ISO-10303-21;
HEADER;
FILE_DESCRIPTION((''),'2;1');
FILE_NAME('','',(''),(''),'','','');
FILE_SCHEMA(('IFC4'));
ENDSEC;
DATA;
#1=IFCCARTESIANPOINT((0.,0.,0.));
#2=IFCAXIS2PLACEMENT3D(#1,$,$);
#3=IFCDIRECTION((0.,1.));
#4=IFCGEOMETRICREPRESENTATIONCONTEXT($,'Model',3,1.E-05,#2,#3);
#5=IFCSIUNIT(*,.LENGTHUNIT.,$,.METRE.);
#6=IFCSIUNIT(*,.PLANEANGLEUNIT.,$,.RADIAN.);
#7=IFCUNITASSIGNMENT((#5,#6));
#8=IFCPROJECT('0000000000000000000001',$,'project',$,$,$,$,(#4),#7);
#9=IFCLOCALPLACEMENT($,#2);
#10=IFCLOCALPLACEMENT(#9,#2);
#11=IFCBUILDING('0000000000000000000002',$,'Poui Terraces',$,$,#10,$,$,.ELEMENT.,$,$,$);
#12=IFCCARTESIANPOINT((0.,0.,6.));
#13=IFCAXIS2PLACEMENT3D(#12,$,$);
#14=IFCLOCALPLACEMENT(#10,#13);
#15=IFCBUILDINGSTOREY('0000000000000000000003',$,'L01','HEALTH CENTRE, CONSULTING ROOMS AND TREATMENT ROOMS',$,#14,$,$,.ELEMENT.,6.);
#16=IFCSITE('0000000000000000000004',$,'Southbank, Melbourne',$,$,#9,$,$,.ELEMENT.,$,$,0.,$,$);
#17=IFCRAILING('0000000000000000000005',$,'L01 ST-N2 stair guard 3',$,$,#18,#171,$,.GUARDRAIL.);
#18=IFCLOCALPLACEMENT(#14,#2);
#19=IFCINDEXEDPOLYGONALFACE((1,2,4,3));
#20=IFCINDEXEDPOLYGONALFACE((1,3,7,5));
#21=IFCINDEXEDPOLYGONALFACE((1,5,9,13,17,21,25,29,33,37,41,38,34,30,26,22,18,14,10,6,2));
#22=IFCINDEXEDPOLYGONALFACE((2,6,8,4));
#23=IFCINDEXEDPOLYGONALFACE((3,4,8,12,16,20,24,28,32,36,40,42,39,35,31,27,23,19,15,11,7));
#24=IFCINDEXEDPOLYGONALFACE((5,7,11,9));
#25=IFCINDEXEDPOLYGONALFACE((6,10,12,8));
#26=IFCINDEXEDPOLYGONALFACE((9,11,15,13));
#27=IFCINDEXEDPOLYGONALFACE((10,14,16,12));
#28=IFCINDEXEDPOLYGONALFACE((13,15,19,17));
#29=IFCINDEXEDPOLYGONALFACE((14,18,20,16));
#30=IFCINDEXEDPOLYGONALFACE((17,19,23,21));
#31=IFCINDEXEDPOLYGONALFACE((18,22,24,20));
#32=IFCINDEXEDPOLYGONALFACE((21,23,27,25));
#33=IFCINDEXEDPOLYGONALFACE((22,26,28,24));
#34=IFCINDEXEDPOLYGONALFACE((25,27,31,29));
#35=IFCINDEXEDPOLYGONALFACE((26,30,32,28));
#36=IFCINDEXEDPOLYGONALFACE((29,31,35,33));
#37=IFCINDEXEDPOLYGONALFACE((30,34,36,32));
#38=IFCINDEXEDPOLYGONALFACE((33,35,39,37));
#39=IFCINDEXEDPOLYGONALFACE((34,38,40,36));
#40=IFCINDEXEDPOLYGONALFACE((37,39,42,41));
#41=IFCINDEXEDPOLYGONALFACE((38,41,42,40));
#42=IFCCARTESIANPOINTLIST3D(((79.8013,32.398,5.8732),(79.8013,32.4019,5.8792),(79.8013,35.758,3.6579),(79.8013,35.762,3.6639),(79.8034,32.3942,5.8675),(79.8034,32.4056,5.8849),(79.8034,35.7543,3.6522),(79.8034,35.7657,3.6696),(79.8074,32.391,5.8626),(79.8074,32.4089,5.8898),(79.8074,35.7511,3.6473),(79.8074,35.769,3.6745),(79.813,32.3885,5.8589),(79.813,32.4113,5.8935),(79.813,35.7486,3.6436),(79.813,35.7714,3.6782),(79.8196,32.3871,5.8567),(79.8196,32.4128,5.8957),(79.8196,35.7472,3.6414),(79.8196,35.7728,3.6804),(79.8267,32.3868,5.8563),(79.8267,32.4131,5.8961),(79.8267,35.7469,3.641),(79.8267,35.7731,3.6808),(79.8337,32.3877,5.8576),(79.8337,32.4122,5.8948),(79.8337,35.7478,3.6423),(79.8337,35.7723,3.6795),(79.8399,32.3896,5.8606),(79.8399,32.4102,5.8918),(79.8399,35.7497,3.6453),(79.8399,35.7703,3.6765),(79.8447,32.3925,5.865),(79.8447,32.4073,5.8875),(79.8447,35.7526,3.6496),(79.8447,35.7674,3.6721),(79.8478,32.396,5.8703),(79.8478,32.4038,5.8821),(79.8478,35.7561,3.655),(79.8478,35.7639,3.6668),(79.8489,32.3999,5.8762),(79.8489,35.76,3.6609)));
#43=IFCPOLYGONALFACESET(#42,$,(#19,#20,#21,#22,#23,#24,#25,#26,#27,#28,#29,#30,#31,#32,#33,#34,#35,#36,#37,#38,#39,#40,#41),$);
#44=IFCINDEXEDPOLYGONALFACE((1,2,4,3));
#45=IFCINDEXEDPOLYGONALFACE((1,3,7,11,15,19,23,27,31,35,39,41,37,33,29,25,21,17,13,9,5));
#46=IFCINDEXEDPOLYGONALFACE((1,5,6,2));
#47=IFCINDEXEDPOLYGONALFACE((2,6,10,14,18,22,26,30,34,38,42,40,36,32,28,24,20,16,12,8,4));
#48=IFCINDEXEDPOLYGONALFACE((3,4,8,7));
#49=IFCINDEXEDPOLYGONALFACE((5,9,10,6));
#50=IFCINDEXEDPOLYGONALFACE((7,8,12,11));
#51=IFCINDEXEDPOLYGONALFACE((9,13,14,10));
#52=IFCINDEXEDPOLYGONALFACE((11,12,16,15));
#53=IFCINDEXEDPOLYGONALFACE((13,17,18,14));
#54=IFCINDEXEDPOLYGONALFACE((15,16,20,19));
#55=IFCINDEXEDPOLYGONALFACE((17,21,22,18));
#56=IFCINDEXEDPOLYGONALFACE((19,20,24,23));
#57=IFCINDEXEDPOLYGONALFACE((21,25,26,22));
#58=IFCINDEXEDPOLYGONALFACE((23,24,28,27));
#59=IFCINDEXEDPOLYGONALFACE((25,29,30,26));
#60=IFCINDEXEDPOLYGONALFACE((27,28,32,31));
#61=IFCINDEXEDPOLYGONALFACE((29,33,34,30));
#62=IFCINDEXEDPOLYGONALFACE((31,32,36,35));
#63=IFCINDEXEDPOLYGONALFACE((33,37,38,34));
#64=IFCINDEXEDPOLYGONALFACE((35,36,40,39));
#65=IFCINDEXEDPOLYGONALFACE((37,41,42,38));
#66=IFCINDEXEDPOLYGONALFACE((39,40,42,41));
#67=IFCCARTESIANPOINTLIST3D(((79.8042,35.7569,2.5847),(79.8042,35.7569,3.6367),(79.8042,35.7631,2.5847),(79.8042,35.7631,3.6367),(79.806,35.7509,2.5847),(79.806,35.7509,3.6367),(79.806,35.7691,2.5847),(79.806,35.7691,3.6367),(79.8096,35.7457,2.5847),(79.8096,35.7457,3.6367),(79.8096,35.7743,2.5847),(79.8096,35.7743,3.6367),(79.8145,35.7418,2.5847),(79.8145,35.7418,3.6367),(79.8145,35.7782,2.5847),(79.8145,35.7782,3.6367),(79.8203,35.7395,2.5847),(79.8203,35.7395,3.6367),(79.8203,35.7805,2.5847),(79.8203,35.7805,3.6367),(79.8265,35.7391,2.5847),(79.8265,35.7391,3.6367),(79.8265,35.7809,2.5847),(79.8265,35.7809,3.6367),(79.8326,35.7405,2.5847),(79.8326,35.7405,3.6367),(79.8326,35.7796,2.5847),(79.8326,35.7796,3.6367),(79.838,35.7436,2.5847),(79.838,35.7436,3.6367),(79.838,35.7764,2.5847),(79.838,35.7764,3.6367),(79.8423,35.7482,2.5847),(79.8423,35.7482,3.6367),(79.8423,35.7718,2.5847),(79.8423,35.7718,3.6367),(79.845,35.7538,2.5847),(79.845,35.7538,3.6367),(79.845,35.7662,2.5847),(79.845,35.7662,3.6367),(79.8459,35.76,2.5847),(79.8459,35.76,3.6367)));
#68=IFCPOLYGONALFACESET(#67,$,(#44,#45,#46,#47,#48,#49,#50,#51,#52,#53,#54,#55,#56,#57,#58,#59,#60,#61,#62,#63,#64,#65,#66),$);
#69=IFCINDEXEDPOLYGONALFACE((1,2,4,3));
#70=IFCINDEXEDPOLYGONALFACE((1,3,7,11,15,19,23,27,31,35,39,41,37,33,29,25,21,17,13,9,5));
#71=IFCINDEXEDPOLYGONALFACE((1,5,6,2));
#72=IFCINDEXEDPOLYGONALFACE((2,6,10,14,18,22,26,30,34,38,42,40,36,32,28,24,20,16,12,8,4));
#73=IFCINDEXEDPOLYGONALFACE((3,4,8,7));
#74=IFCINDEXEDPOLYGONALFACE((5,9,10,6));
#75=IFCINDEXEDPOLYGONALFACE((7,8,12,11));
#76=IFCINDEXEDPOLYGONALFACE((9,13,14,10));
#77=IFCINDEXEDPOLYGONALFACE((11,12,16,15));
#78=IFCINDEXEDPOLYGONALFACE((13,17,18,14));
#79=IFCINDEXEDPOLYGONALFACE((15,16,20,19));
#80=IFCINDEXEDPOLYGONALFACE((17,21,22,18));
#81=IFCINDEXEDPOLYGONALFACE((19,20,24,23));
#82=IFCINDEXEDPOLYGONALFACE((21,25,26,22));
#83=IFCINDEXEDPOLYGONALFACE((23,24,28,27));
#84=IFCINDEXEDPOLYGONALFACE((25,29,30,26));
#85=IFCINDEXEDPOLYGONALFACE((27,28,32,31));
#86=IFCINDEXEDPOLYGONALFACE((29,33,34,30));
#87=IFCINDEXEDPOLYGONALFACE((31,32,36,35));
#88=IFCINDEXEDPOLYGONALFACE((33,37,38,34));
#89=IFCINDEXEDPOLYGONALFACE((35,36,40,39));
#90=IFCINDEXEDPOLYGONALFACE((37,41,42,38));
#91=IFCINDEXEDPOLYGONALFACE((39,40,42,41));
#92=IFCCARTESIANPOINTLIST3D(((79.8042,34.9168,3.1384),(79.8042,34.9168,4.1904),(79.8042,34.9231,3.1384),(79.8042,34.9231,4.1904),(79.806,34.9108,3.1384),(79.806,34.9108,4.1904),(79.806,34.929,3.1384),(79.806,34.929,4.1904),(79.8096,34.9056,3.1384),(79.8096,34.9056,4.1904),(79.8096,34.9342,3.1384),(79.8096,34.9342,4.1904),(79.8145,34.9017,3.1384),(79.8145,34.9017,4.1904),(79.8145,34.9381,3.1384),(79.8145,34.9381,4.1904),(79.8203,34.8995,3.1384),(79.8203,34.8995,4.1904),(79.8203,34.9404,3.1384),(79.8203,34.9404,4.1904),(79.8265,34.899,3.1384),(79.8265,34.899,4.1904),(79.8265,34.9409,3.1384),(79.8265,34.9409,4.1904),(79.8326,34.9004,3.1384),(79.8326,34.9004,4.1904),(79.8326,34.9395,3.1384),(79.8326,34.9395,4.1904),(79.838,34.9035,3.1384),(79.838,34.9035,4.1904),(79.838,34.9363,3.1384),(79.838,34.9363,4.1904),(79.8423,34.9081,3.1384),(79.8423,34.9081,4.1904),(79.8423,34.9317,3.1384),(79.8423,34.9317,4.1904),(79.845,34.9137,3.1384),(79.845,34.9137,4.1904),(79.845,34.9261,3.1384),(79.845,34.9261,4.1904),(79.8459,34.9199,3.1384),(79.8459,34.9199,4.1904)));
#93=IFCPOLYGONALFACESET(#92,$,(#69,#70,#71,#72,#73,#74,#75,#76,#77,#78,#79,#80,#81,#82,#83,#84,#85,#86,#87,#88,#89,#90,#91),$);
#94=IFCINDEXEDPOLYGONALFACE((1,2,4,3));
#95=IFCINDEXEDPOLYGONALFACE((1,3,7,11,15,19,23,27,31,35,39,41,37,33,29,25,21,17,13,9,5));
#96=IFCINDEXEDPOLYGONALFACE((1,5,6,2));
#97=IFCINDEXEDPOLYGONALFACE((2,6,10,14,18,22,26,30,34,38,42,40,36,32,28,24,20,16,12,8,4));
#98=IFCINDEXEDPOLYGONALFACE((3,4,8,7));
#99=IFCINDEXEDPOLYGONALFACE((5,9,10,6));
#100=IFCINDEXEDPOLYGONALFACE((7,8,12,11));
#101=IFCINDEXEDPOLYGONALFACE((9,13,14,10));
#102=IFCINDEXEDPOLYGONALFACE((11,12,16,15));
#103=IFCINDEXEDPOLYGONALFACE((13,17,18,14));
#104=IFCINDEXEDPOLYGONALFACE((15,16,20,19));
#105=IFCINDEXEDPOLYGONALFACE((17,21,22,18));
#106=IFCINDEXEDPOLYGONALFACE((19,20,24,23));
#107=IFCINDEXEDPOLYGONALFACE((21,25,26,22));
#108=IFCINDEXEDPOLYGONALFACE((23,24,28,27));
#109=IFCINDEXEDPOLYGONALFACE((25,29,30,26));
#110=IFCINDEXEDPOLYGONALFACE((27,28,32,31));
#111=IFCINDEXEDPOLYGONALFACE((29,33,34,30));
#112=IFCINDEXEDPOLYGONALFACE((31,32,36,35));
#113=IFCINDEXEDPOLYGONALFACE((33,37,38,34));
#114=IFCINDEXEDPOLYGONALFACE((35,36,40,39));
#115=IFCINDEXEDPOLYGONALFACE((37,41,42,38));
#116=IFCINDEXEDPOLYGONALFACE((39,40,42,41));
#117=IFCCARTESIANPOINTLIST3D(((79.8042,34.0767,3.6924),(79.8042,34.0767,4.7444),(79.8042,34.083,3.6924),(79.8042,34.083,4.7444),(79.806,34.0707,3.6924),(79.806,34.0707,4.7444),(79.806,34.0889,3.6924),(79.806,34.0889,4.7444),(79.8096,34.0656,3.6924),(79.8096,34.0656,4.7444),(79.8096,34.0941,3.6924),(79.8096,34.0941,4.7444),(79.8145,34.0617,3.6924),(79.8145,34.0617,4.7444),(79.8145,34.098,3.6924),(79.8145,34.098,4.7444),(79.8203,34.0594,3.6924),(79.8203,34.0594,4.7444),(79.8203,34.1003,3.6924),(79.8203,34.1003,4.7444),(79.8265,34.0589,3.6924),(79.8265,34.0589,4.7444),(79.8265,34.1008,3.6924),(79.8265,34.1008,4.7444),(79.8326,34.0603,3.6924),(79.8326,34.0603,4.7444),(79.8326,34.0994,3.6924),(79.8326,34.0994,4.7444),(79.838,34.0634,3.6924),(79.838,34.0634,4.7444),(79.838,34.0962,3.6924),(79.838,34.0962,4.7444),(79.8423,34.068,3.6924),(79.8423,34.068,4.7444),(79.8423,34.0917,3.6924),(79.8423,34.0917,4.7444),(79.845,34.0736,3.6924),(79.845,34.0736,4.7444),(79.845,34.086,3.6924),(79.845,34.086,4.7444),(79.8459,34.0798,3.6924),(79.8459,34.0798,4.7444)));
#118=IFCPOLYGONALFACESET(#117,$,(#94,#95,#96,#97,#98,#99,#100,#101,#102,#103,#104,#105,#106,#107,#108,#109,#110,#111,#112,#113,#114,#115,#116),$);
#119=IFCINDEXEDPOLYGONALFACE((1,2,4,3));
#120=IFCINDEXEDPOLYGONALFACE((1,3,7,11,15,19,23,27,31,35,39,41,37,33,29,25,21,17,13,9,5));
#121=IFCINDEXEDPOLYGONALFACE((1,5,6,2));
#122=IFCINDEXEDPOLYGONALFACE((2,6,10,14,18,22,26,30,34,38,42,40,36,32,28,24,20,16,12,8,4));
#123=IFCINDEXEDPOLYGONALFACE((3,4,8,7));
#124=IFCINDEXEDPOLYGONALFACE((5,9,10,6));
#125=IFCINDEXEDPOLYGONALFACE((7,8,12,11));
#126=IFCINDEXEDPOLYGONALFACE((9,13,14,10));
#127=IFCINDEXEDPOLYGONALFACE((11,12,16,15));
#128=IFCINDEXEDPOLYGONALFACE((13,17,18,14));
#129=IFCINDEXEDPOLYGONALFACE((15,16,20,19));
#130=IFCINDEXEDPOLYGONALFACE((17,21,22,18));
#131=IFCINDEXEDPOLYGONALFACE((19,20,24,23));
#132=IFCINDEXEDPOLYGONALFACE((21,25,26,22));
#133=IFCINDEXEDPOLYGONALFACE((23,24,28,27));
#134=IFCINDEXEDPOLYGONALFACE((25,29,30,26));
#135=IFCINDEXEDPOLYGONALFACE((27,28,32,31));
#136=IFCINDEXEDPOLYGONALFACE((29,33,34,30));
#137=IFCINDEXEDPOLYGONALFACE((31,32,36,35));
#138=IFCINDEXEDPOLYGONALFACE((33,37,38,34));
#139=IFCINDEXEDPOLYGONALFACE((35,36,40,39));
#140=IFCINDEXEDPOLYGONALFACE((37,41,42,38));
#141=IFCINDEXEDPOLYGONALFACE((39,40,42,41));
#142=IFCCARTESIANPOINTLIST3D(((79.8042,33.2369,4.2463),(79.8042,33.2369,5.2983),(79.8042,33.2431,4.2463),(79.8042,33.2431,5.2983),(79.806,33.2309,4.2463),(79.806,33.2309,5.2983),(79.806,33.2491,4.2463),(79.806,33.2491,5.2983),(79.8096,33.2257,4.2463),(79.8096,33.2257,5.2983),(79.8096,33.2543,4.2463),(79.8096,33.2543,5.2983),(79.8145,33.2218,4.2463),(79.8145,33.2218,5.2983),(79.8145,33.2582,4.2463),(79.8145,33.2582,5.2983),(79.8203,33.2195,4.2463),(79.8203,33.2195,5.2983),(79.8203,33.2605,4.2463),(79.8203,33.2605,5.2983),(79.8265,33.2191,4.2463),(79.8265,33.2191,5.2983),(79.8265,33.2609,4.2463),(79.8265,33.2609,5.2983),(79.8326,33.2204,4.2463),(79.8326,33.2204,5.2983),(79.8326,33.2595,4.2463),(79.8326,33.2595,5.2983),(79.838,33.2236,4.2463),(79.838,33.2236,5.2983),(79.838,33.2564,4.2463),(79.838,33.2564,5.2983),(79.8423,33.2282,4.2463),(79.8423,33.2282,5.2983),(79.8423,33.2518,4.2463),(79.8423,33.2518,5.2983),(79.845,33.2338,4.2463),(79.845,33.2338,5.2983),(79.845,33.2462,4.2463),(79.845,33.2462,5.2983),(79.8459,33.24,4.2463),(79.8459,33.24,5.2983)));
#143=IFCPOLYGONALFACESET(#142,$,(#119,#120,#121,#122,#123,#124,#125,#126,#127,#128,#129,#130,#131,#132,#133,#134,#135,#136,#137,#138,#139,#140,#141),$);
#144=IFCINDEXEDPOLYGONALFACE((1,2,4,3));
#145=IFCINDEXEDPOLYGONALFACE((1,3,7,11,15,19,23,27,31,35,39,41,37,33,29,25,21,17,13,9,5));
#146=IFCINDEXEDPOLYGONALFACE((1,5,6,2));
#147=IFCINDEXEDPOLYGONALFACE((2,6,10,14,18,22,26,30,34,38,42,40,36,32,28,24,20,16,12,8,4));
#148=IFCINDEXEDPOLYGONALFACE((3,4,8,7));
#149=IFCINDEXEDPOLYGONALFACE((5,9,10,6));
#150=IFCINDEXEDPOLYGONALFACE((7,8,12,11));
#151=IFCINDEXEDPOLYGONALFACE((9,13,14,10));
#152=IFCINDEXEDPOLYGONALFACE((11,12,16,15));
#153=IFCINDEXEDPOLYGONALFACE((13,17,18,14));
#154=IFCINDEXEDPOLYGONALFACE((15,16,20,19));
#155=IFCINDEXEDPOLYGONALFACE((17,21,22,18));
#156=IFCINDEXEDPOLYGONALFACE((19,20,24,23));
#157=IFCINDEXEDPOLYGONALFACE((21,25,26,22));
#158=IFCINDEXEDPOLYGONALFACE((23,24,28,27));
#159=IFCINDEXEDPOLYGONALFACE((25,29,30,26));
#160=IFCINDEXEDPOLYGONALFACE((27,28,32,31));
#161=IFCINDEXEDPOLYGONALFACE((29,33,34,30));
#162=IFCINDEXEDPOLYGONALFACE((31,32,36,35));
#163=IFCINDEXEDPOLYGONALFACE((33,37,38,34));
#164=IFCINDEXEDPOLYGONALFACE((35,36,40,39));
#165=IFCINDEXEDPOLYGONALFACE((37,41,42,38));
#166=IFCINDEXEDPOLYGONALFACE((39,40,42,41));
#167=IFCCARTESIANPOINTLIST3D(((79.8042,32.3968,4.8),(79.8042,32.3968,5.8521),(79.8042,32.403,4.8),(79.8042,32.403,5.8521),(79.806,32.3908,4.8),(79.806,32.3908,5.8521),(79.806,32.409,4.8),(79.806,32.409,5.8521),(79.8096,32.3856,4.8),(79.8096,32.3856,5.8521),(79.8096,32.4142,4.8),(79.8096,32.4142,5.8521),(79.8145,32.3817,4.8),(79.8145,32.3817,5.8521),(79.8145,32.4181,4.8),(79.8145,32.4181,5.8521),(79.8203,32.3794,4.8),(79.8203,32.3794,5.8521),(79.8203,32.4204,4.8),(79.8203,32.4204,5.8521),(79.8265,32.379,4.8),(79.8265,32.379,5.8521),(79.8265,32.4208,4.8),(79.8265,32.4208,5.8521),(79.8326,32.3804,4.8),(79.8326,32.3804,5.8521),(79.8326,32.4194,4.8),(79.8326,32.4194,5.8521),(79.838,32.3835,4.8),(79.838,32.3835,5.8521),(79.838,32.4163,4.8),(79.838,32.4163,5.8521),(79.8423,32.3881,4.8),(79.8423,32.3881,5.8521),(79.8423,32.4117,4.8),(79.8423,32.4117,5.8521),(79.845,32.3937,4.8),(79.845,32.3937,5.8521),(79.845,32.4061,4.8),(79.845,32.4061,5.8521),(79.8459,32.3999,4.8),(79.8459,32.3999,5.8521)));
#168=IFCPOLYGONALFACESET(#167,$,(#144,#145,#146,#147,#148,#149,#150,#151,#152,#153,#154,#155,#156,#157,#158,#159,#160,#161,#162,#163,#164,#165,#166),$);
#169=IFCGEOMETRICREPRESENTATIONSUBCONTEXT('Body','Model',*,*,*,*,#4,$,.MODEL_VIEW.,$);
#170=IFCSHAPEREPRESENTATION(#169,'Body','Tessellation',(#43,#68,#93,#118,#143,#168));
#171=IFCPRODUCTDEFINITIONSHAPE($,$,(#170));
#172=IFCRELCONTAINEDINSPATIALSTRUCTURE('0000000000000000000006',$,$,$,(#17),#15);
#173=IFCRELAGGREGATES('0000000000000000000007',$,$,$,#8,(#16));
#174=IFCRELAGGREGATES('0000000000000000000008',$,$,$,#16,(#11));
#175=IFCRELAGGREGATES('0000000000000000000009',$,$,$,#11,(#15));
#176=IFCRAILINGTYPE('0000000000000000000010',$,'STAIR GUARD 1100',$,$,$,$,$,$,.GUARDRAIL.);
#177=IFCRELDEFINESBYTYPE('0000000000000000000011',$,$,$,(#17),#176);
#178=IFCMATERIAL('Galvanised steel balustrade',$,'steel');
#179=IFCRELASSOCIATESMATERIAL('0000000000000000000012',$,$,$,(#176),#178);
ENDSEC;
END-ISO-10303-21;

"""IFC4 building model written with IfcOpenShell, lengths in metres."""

from ifc_helpers import new_model, si_unit, direction, frame, origin, origin_2d, place, context, subcontext, project, spatial, circle, extrude, material, type_object, element, save


model = new_model("IFC4")

# Units and contexts
model_context = context("Model", 3, precision=1e-05, world=origin(), true_north=direction((0.0, 1.0)))
body_context = subcontext(model_context, "Body", "Model", "MODEL_VIEW")
ifc_project = project(units=[si_unit("LENGTHUNIT", "METRE"), si_unit("PLANEANGLEUNIT", "RADIAN")], contexts=[model_context])

# Site, building, storey
site_placement = place(None, origin())
site = spatial("IfcSite", under=ifc_project, at=site_placement, Name="Southbank, Melbourne", CompositionType="ELEMENT", RefElevation=0.0)
building_placement = place(site_placement, origin())
building = spatial("IfcBuilding", under=site, at=building_placement, Name="Poui Terraces", CompositionType="ELEMENT")
storey_placement = place(building_placement, frame((0.0, 0.0, 6.0)))
storey = spatial("IfcBuildingStorey", under=building, at=storey_placement, Name="L01", Description="HEALTH CENTRE, CONSULTING ROOMS AND TREATMENT ROOMS", CompositionType="ELEMENT", Elevation=6.0)

# Railing
ifc_material_1 = material(Name="Galvanised steel balustrade", Category="steel")
railing_type_1 = type_object("IfcRailingType", Name="STAIR GUARD 1100", PredefinedType="GUARDRAIL", material=ifc_material_1)
railing_1_placement = place(storey_placement, frame((79.825, 35.76, 2.5847)))
element("IfcRailing", 1, at=railing_1_placement, inside=storey, type_object=railing_type_1, Name="L01 ST-N2 stair guard 3", PredefinedType="GUARDRAIL", context=body_context, shape_type="SweptSolid", body=[
    extrude(circle(Radius=0.0239, at=origin_2d()), frame((0.0, 0.0, 1.0762), z_axis=(0.0, -0.834876, 0.550437), x_axis=(1.0, 0.0, 0.0)), (0.0, 0.0, 1.0), 4.0247),
    extrude(circle(Radius=0.021, at=origin_2d()), origin(), (0.0, 0.0, 1.0), 1.052),
    extrude(circle(Radius=0.021, at=origin_2d()), frame((0.0, -0.8401, 0.5537)), (0.0, 0.0, 1.0), 1.052),
    extrude(circle(Radius=0.021, at=origin_2d()), frame((0.0, -1.6802, 1.1077)), (0.0, 0.0, 1.0), 1.052),
    extrude(circle(Radius=0.021, at=origin_2d()), frame((0.0, -2.52, 1.6616)), (0.0, 0.0, 1.0), 1.052),
    extrude(circle(Radius=0.021, at=origin_2d()), frame((0.0, -3.3601, 2.2153)), (0.0, 0.0, 1.0), 1.052),
])

save(model, "model.ifc")
